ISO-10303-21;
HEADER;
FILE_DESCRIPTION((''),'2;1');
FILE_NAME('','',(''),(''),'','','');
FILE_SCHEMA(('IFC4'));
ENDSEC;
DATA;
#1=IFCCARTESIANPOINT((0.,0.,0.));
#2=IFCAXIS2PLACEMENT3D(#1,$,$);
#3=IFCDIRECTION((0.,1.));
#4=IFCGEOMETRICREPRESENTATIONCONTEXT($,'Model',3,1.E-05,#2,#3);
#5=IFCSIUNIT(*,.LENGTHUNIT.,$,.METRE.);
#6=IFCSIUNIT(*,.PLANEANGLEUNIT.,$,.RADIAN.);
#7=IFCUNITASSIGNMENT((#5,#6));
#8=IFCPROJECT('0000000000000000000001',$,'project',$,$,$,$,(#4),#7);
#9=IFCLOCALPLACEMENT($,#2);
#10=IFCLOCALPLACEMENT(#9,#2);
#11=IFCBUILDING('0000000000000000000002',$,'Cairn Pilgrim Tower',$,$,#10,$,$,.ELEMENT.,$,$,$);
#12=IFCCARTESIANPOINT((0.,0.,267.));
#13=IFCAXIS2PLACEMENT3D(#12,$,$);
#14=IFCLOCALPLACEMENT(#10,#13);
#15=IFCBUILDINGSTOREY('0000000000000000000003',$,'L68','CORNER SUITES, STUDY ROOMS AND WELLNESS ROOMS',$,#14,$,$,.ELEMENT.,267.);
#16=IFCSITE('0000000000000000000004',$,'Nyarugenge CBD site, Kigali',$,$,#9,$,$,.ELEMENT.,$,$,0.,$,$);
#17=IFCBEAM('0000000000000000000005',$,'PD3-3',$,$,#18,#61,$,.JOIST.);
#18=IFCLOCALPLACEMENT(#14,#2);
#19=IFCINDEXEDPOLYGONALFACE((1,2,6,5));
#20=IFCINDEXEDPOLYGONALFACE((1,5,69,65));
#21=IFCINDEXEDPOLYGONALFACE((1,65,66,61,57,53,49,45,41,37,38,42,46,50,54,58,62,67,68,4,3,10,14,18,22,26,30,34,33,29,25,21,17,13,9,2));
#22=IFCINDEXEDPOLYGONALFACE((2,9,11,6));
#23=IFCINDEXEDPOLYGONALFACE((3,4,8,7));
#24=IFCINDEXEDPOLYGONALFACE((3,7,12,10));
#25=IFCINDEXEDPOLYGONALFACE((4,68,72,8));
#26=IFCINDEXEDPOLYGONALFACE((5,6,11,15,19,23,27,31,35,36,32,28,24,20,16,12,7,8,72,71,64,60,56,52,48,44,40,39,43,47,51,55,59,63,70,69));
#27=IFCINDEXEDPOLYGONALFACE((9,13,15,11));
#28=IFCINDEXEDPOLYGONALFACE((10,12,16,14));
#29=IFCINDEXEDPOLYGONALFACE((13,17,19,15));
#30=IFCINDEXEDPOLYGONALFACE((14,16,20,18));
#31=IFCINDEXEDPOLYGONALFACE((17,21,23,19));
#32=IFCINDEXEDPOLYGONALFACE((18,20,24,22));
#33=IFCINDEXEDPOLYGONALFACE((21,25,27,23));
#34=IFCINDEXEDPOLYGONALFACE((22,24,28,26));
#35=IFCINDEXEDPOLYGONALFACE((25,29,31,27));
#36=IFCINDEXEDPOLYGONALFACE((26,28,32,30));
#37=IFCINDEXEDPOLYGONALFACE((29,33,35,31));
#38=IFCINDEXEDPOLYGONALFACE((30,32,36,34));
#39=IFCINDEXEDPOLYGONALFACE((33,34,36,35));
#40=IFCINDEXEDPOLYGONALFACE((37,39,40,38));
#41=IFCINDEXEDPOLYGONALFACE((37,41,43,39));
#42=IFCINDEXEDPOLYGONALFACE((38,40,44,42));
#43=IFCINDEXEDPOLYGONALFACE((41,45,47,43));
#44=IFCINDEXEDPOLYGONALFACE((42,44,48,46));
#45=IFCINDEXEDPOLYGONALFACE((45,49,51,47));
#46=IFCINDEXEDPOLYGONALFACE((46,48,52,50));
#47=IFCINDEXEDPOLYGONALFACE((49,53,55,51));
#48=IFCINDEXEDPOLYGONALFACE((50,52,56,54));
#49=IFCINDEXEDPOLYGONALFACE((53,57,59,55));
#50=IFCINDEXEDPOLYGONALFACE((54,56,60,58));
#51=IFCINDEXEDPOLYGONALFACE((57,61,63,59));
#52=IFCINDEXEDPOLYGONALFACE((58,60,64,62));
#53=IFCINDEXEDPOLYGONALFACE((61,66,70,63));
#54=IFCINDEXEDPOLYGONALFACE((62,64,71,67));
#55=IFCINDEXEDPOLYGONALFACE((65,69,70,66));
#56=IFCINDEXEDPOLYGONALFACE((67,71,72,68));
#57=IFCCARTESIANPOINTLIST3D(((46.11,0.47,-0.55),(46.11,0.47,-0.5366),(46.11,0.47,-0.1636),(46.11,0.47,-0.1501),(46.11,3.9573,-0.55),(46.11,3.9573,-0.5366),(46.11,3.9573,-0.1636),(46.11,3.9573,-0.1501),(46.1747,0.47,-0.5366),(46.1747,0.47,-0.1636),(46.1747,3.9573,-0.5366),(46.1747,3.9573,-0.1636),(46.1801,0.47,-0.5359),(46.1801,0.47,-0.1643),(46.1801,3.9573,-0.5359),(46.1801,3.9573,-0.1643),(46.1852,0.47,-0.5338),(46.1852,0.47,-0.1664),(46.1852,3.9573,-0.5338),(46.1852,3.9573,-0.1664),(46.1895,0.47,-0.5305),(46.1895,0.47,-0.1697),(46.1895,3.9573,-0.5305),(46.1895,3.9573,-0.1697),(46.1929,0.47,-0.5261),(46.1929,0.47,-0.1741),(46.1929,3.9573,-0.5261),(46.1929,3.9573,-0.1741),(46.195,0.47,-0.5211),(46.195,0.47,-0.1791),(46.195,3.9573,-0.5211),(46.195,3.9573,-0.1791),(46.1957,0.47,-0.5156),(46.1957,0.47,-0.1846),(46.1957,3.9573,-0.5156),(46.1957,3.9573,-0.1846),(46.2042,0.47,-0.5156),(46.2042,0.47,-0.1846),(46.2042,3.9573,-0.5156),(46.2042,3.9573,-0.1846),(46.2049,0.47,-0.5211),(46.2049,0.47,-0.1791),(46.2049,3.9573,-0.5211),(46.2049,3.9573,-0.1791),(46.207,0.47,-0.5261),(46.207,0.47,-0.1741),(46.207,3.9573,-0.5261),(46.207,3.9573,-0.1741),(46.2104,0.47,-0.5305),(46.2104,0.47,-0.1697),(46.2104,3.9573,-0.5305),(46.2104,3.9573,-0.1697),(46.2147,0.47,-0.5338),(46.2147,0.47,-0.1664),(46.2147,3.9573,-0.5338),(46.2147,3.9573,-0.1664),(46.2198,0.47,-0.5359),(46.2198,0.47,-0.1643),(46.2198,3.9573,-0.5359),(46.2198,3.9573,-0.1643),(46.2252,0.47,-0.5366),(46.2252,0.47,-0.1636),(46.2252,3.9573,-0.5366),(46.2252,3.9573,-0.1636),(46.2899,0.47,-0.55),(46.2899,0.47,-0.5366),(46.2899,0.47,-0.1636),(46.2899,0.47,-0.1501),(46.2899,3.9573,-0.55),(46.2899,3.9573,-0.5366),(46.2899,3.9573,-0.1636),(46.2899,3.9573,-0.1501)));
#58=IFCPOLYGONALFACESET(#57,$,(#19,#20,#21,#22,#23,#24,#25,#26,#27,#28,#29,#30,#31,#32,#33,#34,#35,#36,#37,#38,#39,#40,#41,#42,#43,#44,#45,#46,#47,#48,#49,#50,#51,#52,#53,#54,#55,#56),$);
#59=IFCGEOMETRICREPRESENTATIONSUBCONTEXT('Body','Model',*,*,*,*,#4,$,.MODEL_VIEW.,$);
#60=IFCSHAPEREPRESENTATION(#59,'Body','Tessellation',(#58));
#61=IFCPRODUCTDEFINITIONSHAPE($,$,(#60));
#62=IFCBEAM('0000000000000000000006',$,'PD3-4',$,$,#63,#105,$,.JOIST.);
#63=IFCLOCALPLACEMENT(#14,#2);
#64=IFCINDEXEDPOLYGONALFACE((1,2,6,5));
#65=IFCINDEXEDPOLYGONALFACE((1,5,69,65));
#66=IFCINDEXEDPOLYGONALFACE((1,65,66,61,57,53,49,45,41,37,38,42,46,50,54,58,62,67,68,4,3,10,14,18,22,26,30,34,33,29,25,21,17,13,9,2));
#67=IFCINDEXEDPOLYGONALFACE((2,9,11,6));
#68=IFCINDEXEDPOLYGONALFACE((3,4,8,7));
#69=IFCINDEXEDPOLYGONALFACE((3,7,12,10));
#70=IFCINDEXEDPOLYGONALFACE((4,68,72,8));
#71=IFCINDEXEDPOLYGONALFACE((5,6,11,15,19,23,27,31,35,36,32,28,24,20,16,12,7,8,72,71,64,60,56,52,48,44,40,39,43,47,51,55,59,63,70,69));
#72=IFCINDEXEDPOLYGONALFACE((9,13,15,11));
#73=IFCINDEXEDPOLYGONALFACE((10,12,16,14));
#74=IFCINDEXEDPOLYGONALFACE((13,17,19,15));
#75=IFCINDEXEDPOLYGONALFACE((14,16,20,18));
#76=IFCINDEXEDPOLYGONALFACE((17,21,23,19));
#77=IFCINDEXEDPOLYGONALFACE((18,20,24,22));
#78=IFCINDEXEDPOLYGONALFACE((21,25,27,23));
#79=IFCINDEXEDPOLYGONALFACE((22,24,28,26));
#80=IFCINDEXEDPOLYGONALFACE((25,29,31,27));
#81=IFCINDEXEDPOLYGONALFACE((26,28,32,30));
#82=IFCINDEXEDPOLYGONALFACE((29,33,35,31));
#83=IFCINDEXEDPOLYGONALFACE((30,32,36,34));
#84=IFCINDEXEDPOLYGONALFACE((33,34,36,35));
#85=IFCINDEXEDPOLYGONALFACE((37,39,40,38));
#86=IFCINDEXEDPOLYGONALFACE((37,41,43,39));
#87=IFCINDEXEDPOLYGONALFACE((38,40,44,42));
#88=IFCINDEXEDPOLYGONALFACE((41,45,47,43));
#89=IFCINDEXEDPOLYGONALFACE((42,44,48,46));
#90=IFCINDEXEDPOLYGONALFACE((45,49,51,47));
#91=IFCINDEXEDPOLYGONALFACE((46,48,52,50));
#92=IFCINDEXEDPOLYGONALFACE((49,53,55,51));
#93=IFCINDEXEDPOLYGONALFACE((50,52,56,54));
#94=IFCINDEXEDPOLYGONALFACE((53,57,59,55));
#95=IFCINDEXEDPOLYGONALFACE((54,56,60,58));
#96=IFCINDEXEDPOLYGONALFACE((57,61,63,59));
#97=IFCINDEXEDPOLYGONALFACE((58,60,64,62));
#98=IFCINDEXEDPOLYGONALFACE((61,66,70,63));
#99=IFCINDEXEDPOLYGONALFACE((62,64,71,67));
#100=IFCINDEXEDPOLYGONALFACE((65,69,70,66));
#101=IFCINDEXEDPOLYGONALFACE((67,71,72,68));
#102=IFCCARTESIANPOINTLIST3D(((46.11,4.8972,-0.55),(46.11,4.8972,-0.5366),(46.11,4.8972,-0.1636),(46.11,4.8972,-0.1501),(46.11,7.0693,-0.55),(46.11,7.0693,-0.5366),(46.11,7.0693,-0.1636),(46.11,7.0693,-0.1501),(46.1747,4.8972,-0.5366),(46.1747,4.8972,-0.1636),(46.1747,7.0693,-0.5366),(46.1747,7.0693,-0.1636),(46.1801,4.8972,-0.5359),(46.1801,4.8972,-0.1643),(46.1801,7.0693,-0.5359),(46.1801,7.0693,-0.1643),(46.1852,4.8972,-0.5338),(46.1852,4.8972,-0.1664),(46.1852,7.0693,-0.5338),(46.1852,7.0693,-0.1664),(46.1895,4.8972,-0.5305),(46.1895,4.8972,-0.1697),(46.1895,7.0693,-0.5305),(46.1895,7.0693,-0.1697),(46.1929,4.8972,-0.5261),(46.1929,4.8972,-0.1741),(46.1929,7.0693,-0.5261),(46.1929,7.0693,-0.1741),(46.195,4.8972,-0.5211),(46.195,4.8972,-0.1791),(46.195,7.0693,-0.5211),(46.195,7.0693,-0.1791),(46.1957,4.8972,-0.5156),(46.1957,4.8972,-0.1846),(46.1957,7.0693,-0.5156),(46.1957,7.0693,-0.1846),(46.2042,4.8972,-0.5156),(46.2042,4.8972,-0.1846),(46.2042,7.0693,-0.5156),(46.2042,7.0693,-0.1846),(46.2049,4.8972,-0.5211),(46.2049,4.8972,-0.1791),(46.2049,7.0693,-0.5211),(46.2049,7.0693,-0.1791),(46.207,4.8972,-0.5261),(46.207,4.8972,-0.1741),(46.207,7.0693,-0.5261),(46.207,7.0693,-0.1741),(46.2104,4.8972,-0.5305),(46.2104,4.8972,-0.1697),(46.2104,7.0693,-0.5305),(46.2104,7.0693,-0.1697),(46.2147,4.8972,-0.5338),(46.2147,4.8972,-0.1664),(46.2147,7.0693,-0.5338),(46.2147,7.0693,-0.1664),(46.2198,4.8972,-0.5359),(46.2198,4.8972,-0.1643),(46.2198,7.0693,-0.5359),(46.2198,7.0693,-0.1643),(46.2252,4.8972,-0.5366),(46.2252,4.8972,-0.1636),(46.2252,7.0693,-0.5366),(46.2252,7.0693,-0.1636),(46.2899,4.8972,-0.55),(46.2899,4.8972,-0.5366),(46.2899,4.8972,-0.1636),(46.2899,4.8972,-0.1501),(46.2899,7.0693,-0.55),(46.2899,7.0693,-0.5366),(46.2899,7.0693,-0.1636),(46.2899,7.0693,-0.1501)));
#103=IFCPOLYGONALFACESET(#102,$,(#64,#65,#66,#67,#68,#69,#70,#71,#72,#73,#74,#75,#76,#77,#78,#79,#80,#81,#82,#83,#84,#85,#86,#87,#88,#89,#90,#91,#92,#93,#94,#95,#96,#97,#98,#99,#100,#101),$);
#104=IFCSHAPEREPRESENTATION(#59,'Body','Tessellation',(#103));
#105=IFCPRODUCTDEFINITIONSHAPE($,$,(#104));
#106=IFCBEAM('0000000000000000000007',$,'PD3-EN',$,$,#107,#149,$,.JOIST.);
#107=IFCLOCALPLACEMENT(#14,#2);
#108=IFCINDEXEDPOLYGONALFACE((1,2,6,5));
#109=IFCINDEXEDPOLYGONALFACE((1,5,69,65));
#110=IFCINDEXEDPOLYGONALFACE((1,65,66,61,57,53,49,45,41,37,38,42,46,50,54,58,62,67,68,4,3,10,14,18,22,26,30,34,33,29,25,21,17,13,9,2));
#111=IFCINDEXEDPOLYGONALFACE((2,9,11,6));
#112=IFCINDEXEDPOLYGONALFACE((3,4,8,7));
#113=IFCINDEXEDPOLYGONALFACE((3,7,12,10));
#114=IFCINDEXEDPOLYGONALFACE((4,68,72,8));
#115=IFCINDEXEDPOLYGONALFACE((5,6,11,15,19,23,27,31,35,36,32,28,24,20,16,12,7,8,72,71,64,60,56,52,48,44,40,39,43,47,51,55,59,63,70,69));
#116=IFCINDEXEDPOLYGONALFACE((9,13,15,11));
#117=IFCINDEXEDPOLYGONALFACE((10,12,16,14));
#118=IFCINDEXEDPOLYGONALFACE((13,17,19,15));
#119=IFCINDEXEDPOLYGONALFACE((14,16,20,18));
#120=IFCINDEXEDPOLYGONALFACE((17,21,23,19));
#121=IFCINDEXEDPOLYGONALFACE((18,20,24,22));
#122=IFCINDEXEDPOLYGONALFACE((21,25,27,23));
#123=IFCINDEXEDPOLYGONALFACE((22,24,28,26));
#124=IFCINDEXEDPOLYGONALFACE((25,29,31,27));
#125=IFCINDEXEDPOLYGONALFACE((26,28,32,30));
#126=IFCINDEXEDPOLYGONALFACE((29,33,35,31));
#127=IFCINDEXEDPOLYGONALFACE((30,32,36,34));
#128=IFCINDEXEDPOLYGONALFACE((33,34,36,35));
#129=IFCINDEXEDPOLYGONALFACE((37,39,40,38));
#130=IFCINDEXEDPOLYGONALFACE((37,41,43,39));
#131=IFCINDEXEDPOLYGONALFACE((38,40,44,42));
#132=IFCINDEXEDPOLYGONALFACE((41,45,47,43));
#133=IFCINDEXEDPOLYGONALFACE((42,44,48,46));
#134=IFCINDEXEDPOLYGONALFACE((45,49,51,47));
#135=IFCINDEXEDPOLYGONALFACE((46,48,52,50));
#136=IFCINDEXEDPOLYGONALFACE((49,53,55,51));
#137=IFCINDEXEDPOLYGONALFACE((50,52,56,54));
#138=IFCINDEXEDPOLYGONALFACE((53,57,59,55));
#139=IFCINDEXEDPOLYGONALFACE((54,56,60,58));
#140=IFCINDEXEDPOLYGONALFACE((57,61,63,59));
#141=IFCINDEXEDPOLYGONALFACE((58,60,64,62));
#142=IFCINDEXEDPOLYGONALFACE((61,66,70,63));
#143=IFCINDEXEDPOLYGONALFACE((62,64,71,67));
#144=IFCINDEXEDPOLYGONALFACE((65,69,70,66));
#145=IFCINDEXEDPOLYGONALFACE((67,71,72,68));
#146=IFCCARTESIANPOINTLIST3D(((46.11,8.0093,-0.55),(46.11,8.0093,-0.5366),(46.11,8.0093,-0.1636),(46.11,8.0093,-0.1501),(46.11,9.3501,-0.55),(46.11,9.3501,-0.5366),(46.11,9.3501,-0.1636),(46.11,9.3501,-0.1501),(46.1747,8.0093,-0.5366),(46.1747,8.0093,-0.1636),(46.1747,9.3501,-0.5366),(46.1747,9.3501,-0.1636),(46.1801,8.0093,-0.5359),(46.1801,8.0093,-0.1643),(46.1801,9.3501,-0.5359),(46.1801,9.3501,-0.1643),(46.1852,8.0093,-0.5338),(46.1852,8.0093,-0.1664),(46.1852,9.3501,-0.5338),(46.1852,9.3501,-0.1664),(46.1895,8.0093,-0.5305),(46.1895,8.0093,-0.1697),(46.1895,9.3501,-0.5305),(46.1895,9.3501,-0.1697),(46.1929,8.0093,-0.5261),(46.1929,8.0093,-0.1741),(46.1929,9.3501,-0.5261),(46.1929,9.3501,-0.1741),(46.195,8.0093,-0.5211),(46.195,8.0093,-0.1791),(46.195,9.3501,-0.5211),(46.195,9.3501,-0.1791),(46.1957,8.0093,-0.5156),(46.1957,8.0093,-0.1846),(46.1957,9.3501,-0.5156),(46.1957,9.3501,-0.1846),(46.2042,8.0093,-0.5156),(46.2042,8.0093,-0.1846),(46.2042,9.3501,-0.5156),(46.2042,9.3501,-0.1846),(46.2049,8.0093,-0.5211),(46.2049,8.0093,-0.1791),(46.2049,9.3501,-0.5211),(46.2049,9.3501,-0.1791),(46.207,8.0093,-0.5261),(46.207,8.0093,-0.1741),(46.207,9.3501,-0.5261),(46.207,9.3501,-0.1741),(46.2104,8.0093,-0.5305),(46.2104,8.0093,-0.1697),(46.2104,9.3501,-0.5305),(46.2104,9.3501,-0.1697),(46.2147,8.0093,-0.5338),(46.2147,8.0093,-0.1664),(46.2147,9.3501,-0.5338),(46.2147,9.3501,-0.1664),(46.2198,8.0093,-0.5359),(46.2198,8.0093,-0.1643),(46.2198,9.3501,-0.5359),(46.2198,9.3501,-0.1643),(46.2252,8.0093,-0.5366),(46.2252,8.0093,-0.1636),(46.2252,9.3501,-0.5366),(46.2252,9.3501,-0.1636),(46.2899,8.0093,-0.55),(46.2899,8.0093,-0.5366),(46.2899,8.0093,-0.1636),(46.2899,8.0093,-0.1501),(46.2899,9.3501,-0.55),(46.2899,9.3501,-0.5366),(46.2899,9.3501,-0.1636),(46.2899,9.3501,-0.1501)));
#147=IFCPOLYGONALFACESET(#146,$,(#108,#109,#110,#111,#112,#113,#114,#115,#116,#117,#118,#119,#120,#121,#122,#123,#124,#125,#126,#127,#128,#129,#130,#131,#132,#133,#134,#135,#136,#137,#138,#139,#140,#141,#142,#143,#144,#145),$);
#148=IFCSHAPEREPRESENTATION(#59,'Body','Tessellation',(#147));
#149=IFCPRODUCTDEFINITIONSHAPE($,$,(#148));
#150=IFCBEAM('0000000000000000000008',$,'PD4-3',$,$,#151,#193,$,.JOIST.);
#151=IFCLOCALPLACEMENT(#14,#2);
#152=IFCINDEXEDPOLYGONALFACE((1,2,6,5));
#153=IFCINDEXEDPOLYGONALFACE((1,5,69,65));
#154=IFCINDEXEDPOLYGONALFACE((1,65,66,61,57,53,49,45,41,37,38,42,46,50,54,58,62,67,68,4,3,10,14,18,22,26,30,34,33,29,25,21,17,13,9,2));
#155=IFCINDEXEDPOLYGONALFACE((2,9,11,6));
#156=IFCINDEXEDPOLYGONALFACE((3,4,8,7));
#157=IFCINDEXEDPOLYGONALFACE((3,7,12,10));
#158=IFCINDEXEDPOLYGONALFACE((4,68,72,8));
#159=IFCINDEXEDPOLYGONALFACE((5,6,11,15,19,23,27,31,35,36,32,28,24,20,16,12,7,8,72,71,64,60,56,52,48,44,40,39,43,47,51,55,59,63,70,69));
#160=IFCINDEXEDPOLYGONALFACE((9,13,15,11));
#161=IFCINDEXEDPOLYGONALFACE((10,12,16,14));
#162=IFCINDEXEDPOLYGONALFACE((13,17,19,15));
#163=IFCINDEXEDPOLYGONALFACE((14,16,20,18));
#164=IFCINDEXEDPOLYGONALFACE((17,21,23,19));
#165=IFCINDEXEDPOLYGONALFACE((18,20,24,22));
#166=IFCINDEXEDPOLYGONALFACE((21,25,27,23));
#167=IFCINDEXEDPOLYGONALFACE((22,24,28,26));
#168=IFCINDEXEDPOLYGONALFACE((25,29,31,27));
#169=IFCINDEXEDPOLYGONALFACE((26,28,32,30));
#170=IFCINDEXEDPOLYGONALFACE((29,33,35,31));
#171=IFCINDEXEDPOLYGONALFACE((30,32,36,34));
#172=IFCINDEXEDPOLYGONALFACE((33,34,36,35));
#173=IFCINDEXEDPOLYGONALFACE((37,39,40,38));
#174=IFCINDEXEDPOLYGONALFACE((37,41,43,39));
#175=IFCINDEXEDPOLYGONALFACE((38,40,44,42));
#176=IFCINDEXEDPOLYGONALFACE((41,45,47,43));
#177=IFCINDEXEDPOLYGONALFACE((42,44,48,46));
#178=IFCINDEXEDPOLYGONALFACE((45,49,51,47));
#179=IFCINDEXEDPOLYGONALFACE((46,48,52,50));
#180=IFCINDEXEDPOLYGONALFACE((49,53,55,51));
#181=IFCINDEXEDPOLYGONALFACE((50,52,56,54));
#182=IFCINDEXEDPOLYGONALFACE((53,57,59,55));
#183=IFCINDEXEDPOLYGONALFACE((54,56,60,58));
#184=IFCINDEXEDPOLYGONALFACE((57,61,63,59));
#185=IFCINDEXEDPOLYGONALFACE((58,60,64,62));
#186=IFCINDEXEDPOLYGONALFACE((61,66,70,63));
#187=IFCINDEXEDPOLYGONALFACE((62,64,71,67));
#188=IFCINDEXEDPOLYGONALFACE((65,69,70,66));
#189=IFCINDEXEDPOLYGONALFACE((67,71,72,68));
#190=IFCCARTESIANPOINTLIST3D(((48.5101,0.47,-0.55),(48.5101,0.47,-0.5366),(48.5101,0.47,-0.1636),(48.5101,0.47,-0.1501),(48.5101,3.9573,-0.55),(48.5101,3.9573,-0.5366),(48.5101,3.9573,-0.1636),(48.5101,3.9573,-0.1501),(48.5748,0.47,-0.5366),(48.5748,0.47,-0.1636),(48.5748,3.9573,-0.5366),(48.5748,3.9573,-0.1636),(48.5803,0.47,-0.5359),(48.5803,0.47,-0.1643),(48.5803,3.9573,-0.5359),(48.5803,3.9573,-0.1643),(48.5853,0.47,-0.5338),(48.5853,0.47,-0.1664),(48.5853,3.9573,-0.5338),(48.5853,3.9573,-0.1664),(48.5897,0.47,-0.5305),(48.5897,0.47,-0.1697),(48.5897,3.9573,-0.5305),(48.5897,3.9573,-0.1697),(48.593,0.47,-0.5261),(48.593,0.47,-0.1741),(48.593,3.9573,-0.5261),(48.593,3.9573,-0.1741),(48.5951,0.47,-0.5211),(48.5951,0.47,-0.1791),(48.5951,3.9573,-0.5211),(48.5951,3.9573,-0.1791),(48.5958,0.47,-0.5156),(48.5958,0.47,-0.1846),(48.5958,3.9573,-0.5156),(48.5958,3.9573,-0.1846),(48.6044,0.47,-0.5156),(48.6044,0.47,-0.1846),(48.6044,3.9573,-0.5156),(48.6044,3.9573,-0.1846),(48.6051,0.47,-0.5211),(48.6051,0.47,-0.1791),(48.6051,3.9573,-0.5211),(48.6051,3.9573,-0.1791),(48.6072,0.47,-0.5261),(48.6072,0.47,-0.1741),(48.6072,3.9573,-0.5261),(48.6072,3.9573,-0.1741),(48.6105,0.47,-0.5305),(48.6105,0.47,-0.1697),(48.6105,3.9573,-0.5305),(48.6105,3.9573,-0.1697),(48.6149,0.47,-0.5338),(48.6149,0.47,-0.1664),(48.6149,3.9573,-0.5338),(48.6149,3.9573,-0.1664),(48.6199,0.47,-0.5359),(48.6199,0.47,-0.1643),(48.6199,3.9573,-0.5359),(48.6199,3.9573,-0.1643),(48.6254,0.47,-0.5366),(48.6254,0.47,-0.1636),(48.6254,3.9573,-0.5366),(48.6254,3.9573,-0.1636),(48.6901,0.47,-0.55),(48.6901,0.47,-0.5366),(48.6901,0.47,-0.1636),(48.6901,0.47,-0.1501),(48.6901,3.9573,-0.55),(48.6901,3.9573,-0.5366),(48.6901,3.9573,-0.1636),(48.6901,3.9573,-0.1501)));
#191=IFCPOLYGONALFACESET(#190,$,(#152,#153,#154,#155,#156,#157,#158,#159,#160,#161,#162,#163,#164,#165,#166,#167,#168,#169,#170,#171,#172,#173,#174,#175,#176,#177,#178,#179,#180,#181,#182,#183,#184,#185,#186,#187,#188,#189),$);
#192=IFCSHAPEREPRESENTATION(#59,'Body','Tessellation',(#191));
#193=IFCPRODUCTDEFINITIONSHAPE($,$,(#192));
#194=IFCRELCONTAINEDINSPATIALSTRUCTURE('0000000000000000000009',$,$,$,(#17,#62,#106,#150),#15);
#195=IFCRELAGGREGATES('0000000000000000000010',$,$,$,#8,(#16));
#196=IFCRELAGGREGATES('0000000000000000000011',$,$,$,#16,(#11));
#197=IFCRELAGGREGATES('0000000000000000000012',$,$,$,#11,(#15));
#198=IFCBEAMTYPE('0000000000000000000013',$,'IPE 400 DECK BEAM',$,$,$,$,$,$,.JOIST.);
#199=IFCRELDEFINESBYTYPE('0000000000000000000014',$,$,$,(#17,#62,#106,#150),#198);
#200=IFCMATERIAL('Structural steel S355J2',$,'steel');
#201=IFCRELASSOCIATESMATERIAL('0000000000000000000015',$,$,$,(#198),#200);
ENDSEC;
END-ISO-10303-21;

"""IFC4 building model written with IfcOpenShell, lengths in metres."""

from ifc_helpers import new_model, si_unit, direction, frame, origin, origin_2d, place, context, subcontext, project, spatial, i_section, extrude, material, material_profile, profile_set, type_object, element, save


model = new_model("IFC4")

# Units and contexts
model_context = context("Model", 3, precision=1e-05, world=origin(), true_north=direction((0.0, 1.0)))
body_context = subcontext(model_context, "Body", "Model", "MODEL_VIEW")
ifc_project = project(units=[si_unit("LENGTHUNIT", "METRE"), si_unit("PLANEANGLEUNIT", "RADIAN")], contexts=[model_context])

# Site, building, storey
site_placement = place(None, origin())
site = spatial("IfcSite", under=ifc_project, at=site_placement, Name="Nyarugenge CBD site, Kigali", CompositionType="ELEMENT", RefElevation=0.0)
building_placement = place(site_placement, origin())
building = spatial("IfcBuilding", under=site, at=building_placement, Name="Cairn Pilgrim Tower", CompositionType="ELEMENT")
storey_placement = place(building_placement, frame((0.0, 0.0, 267.0)))
storey = spatial("IfcBuildingStorey", under=building, at=storey_placement, Name="L68", Description="CORNER SUITES, STUDY ROOMS AND WELLNESS ROOMS", CompositionType="ELEMENT", Elevation=267.0)

# Shared definitions
ifc_material_1 = material(Name="Structural steel S355J2", Category="steel")

# Beams
ifc_material_profile_1 = material_profile(ifc_material_1, i_section(OverallWidth=0.1799, OverallDepth=0.3999, WebThickness=0.0085, FlangeThickness=0.0134, FilletRadius=0.021, at=origin_2d()), Name="IPE 400")
ifc_profile_set_1 = profile_set([ifc_material_profile_1], Name="Structural steel S355J2")
beam_type = type_object("IfcBeamType", Name="IPE 400 DECK BEAM", PredefinedType="JOIST", material=ifc_profile_set_1)
beam_1_placement = place(storey_placement, frame((46.2, 0.47, -0.3501), z_axis=(0.0, 1.0, 0.0), x_axis=(-1.0, 0.0, 0.0)))
element("IfcBeam", 1, at=beam_1_placement, inside=storey, type_object=beam_type, Name="PD3-3", PredefinedType="JOIST", context=body_context, shape_type="SweptSolid", body=[
    extrude(i_section(OverallWidth=0.1799, OverallDepth=0.3999, WebThickness=0.0085, FlangeThickness=0.0134, FilletRadius=0.021, at=origin_2d()), origin(), (0.0, 0.0, 1.0), 3.4873),
])
beam_2_placement = place(storey_placement, frame((46.2, 4.8972, -0.3501), z_axis=(0.0, 1.0, 0.0), x_axis=(-1.0, 0.0, 0.0)))
element("IfcBeam", 2, at=beam_2_placement, inside=storey, type_object=beam_type, Name="PD3-4", PredefinedType="JOIST", context=body_context, shape_type="SweptSolid", body=[
    extrude(i_section(OverallWidth=0.1799, OverallDepth=0.3999, WebThickness=0.0085, FlangeThickness=0.0134, FilletRadius=0.021, at=origin_2d()), origin(), (0.0, 0.0, 1.0), 2.1721),
])
beam_3_placement = place(storey_placement, frame((46.2, 8.0093, -0.3501), z_axis=(0.0, 1.0, 0.0), x_axis=(-1.0, 0.0, 0.0)))
element("IfcBeam", 3, at=beam_3_placement, inside=storey, type_object=beam_type, Name="PD3-EN", PredefinedType="JOIST", context=body_context, shape_type="SweptSolid", body=[
    extrude(i_section(OverallWidth=0.1799, OverallDepth=0.3999, WebThickness=0.0085, FlangeThickness=0.0134, FilletRadius=0.021, at=origin_2d()), origin(), (0.0, 0.0, 1.0), 1.3408),
])
beam_4_placement = place(storey_placement, frame((48.6001, 0.47, -0.3501), z_axis=(0.0, 1.0, 0.0), x_axis=(-1.0, 0.0, 0.0)))
element("IfcBeam", 4, at=beam_4_placement, inside=storey, type_object=beam_type, Name="PD4-3", PredefinedType="JOIST", context=body_context, shape_type="SweptSolid", body=[
    extrude(i_section(OverallWidth=0.1799, OverallDepth=0.3999, WebThickness=0.0085, FlangeThickness=0.0134, FilletRadius=0.021, at=origin_2d()), origin(), (0.0, 0.0, 1.0), 3.4873),
])

save(model, "model.ifc")
